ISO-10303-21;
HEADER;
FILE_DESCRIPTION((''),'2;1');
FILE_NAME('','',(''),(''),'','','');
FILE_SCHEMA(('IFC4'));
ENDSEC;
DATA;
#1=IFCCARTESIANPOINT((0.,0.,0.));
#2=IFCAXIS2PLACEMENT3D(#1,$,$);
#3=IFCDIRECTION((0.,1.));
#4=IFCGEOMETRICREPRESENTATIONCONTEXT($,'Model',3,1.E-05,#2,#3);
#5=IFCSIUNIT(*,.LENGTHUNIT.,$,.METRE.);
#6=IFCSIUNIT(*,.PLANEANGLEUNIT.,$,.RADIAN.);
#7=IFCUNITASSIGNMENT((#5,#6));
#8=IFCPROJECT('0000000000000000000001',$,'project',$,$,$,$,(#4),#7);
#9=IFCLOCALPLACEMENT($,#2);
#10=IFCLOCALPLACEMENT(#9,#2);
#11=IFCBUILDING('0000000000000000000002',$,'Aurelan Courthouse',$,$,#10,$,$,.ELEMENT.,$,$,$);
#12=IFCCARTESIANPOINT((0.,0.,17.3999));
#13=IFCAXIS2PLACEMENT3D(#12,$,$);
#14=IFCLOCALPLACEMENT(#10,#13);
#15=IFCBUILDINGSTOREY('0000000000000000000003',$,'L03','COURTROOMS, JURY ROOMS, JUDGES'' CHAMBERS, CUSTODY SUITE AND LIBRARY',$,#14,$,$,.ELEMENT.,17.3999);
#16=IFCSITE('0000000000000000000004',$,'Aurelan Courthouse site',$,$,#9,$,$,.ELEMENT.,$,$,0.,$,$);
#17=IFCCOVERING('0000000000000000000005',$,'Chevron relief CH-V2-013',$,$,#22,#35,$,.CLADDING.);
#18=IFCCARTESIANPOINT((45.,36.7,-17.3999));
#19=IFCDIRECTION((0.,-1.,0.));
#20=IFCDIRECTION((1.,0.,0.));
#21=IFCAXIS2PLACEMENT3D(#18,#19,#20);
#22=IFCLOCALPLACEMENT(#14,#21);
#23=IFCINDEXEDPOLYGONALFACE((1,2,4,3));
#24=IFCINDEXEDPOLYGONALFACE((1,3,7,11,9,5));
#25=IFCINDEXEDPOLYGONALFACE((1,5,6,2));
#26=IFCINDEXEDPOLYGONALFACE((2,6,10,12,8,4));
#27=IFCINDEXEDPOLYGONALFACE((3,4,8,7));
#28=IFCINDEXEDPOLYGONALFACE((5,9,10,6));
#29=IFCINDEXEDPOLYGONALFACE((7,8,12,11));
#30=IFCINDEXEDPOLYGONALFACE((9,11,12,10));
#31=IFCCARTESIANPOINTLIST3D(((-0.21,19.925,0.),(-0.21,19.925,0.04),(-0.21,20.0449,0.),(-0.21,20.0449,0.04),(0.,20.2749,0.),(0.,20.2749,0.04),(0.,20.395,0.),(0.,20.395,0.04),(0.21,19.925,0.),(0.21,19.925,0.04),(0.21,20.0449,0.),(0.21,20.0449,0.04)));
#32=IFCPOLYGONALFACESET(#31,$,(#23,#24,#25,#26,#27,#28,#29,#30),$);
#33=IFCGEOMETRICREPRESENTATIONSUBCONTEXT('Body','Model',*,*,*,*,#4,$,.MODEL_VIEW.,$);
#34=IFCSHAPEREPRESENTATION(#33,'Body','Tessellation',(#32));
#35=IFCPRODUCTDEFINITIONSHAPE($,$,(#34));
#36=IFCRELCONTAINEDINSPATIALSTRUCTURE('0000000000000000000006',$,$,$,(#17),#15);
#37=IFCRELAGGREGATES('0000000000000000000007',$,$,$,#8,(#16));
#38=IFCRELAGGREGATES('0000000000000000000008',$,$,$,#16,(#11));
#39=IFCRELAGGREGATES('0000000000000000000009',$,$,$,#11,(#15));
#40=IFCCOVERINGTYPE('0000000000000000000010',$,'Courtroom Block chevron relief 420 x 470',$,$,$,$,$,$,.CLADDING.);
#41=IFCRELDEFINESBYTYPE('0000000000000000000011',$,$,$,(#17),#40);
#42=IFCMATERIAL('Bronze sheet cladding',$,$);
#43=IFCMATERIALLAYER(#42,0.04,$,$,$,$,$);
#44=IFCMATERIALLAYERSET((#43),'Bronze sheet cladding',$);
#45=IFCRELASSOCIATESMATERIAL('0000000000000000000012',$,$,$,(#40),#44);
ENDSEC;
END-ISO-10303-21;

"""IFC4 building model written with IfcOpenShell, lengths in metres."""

from ifc_helpers import new_model, si_unit, direction, frame, origin, place, context, subcontext, project, spatial, polyline, outline, extrude, material, layer, layer_set, type_object, element, save


model = new_model("IFC4")

# Units and contexts
model_context = context("Model", 3, precision=1e-05, world=origin(), true_north=direction((0.0, 1.0)))
body_context = subcontext(model_context, "Body", "Model", "MODEL_VIEW")
ifc_project = project(units=[si_unit("LENGTHUNIT", "METRE"), si_unit("PLANEANGLEUNIT", "RADIAN")], contexts=[model_context])

# Site, building, storey
site_placement = place(None, origin())
site = spatial("IfcSite", under=ifc_project, at=site_placement, Name="Aurelan Courthouse site", CompositionType="ELEMENT", RefElevation=0.0)
building_placement = place(site_placement, origin())
building = spatial("IfcBuilding", under=site, at=building_placement, Name="Aurelan Courthouse", CompositionType="ELEMENT")
storey_placement = place(building_placement, frame((0.0, 0.0, 17.3999)))
storey = spatial("IfcBuildingStorey", under=building, at=storey_placement, Name="L03", Description="COURTROOMS, JURY ROOMS, JUDGES' CHAMBERS, CUSTODY SUITE AND LIBRARY", CompositionType="ELEMENT", Elevation=17.3999)

# Covering
ifc_material_1 = material(Name="Bronze sheet cladding")
ifc_layer_1 = layer(ifc_material_1, 0.04)
ifc_layer_set_1 = layer_set([ifc_layer_1], Name="Bronze sheet cladding")
covering_type_1 = type_object("IfcCoveringType", Name="Courtroom Block chevron relief 420 x 470", PredefinedType="CLADDING", material=ifc_layer_set_1)
covering_1_placement = place(storey_placement, frame((45.0, 36.7, -17.3999), z_axis=(0.0, -1.0, 0.0), x_axis=(1.0, 0.0, 0.0)))
element("IfcCovering", 1, at=covering_1_placement, inside=storey, type_object=covering_type_1, Name="Chevron relief CH-V2-013", PredefinedType="CLADDING", context=body_context, shape_type="SweptSolid", body=[
    extrude(outline(polyline([(-0.21, 19.925), (0.0, 20.2749), (0.21, 19.925), (0.21, 20.0449), (0.0, 20.395), (-0.21, 20.0449), (-0.21, 19.925)])), origin(), (0.0, 0.0, 1.0), 0.04),
])

save(model, "model.ifc")
